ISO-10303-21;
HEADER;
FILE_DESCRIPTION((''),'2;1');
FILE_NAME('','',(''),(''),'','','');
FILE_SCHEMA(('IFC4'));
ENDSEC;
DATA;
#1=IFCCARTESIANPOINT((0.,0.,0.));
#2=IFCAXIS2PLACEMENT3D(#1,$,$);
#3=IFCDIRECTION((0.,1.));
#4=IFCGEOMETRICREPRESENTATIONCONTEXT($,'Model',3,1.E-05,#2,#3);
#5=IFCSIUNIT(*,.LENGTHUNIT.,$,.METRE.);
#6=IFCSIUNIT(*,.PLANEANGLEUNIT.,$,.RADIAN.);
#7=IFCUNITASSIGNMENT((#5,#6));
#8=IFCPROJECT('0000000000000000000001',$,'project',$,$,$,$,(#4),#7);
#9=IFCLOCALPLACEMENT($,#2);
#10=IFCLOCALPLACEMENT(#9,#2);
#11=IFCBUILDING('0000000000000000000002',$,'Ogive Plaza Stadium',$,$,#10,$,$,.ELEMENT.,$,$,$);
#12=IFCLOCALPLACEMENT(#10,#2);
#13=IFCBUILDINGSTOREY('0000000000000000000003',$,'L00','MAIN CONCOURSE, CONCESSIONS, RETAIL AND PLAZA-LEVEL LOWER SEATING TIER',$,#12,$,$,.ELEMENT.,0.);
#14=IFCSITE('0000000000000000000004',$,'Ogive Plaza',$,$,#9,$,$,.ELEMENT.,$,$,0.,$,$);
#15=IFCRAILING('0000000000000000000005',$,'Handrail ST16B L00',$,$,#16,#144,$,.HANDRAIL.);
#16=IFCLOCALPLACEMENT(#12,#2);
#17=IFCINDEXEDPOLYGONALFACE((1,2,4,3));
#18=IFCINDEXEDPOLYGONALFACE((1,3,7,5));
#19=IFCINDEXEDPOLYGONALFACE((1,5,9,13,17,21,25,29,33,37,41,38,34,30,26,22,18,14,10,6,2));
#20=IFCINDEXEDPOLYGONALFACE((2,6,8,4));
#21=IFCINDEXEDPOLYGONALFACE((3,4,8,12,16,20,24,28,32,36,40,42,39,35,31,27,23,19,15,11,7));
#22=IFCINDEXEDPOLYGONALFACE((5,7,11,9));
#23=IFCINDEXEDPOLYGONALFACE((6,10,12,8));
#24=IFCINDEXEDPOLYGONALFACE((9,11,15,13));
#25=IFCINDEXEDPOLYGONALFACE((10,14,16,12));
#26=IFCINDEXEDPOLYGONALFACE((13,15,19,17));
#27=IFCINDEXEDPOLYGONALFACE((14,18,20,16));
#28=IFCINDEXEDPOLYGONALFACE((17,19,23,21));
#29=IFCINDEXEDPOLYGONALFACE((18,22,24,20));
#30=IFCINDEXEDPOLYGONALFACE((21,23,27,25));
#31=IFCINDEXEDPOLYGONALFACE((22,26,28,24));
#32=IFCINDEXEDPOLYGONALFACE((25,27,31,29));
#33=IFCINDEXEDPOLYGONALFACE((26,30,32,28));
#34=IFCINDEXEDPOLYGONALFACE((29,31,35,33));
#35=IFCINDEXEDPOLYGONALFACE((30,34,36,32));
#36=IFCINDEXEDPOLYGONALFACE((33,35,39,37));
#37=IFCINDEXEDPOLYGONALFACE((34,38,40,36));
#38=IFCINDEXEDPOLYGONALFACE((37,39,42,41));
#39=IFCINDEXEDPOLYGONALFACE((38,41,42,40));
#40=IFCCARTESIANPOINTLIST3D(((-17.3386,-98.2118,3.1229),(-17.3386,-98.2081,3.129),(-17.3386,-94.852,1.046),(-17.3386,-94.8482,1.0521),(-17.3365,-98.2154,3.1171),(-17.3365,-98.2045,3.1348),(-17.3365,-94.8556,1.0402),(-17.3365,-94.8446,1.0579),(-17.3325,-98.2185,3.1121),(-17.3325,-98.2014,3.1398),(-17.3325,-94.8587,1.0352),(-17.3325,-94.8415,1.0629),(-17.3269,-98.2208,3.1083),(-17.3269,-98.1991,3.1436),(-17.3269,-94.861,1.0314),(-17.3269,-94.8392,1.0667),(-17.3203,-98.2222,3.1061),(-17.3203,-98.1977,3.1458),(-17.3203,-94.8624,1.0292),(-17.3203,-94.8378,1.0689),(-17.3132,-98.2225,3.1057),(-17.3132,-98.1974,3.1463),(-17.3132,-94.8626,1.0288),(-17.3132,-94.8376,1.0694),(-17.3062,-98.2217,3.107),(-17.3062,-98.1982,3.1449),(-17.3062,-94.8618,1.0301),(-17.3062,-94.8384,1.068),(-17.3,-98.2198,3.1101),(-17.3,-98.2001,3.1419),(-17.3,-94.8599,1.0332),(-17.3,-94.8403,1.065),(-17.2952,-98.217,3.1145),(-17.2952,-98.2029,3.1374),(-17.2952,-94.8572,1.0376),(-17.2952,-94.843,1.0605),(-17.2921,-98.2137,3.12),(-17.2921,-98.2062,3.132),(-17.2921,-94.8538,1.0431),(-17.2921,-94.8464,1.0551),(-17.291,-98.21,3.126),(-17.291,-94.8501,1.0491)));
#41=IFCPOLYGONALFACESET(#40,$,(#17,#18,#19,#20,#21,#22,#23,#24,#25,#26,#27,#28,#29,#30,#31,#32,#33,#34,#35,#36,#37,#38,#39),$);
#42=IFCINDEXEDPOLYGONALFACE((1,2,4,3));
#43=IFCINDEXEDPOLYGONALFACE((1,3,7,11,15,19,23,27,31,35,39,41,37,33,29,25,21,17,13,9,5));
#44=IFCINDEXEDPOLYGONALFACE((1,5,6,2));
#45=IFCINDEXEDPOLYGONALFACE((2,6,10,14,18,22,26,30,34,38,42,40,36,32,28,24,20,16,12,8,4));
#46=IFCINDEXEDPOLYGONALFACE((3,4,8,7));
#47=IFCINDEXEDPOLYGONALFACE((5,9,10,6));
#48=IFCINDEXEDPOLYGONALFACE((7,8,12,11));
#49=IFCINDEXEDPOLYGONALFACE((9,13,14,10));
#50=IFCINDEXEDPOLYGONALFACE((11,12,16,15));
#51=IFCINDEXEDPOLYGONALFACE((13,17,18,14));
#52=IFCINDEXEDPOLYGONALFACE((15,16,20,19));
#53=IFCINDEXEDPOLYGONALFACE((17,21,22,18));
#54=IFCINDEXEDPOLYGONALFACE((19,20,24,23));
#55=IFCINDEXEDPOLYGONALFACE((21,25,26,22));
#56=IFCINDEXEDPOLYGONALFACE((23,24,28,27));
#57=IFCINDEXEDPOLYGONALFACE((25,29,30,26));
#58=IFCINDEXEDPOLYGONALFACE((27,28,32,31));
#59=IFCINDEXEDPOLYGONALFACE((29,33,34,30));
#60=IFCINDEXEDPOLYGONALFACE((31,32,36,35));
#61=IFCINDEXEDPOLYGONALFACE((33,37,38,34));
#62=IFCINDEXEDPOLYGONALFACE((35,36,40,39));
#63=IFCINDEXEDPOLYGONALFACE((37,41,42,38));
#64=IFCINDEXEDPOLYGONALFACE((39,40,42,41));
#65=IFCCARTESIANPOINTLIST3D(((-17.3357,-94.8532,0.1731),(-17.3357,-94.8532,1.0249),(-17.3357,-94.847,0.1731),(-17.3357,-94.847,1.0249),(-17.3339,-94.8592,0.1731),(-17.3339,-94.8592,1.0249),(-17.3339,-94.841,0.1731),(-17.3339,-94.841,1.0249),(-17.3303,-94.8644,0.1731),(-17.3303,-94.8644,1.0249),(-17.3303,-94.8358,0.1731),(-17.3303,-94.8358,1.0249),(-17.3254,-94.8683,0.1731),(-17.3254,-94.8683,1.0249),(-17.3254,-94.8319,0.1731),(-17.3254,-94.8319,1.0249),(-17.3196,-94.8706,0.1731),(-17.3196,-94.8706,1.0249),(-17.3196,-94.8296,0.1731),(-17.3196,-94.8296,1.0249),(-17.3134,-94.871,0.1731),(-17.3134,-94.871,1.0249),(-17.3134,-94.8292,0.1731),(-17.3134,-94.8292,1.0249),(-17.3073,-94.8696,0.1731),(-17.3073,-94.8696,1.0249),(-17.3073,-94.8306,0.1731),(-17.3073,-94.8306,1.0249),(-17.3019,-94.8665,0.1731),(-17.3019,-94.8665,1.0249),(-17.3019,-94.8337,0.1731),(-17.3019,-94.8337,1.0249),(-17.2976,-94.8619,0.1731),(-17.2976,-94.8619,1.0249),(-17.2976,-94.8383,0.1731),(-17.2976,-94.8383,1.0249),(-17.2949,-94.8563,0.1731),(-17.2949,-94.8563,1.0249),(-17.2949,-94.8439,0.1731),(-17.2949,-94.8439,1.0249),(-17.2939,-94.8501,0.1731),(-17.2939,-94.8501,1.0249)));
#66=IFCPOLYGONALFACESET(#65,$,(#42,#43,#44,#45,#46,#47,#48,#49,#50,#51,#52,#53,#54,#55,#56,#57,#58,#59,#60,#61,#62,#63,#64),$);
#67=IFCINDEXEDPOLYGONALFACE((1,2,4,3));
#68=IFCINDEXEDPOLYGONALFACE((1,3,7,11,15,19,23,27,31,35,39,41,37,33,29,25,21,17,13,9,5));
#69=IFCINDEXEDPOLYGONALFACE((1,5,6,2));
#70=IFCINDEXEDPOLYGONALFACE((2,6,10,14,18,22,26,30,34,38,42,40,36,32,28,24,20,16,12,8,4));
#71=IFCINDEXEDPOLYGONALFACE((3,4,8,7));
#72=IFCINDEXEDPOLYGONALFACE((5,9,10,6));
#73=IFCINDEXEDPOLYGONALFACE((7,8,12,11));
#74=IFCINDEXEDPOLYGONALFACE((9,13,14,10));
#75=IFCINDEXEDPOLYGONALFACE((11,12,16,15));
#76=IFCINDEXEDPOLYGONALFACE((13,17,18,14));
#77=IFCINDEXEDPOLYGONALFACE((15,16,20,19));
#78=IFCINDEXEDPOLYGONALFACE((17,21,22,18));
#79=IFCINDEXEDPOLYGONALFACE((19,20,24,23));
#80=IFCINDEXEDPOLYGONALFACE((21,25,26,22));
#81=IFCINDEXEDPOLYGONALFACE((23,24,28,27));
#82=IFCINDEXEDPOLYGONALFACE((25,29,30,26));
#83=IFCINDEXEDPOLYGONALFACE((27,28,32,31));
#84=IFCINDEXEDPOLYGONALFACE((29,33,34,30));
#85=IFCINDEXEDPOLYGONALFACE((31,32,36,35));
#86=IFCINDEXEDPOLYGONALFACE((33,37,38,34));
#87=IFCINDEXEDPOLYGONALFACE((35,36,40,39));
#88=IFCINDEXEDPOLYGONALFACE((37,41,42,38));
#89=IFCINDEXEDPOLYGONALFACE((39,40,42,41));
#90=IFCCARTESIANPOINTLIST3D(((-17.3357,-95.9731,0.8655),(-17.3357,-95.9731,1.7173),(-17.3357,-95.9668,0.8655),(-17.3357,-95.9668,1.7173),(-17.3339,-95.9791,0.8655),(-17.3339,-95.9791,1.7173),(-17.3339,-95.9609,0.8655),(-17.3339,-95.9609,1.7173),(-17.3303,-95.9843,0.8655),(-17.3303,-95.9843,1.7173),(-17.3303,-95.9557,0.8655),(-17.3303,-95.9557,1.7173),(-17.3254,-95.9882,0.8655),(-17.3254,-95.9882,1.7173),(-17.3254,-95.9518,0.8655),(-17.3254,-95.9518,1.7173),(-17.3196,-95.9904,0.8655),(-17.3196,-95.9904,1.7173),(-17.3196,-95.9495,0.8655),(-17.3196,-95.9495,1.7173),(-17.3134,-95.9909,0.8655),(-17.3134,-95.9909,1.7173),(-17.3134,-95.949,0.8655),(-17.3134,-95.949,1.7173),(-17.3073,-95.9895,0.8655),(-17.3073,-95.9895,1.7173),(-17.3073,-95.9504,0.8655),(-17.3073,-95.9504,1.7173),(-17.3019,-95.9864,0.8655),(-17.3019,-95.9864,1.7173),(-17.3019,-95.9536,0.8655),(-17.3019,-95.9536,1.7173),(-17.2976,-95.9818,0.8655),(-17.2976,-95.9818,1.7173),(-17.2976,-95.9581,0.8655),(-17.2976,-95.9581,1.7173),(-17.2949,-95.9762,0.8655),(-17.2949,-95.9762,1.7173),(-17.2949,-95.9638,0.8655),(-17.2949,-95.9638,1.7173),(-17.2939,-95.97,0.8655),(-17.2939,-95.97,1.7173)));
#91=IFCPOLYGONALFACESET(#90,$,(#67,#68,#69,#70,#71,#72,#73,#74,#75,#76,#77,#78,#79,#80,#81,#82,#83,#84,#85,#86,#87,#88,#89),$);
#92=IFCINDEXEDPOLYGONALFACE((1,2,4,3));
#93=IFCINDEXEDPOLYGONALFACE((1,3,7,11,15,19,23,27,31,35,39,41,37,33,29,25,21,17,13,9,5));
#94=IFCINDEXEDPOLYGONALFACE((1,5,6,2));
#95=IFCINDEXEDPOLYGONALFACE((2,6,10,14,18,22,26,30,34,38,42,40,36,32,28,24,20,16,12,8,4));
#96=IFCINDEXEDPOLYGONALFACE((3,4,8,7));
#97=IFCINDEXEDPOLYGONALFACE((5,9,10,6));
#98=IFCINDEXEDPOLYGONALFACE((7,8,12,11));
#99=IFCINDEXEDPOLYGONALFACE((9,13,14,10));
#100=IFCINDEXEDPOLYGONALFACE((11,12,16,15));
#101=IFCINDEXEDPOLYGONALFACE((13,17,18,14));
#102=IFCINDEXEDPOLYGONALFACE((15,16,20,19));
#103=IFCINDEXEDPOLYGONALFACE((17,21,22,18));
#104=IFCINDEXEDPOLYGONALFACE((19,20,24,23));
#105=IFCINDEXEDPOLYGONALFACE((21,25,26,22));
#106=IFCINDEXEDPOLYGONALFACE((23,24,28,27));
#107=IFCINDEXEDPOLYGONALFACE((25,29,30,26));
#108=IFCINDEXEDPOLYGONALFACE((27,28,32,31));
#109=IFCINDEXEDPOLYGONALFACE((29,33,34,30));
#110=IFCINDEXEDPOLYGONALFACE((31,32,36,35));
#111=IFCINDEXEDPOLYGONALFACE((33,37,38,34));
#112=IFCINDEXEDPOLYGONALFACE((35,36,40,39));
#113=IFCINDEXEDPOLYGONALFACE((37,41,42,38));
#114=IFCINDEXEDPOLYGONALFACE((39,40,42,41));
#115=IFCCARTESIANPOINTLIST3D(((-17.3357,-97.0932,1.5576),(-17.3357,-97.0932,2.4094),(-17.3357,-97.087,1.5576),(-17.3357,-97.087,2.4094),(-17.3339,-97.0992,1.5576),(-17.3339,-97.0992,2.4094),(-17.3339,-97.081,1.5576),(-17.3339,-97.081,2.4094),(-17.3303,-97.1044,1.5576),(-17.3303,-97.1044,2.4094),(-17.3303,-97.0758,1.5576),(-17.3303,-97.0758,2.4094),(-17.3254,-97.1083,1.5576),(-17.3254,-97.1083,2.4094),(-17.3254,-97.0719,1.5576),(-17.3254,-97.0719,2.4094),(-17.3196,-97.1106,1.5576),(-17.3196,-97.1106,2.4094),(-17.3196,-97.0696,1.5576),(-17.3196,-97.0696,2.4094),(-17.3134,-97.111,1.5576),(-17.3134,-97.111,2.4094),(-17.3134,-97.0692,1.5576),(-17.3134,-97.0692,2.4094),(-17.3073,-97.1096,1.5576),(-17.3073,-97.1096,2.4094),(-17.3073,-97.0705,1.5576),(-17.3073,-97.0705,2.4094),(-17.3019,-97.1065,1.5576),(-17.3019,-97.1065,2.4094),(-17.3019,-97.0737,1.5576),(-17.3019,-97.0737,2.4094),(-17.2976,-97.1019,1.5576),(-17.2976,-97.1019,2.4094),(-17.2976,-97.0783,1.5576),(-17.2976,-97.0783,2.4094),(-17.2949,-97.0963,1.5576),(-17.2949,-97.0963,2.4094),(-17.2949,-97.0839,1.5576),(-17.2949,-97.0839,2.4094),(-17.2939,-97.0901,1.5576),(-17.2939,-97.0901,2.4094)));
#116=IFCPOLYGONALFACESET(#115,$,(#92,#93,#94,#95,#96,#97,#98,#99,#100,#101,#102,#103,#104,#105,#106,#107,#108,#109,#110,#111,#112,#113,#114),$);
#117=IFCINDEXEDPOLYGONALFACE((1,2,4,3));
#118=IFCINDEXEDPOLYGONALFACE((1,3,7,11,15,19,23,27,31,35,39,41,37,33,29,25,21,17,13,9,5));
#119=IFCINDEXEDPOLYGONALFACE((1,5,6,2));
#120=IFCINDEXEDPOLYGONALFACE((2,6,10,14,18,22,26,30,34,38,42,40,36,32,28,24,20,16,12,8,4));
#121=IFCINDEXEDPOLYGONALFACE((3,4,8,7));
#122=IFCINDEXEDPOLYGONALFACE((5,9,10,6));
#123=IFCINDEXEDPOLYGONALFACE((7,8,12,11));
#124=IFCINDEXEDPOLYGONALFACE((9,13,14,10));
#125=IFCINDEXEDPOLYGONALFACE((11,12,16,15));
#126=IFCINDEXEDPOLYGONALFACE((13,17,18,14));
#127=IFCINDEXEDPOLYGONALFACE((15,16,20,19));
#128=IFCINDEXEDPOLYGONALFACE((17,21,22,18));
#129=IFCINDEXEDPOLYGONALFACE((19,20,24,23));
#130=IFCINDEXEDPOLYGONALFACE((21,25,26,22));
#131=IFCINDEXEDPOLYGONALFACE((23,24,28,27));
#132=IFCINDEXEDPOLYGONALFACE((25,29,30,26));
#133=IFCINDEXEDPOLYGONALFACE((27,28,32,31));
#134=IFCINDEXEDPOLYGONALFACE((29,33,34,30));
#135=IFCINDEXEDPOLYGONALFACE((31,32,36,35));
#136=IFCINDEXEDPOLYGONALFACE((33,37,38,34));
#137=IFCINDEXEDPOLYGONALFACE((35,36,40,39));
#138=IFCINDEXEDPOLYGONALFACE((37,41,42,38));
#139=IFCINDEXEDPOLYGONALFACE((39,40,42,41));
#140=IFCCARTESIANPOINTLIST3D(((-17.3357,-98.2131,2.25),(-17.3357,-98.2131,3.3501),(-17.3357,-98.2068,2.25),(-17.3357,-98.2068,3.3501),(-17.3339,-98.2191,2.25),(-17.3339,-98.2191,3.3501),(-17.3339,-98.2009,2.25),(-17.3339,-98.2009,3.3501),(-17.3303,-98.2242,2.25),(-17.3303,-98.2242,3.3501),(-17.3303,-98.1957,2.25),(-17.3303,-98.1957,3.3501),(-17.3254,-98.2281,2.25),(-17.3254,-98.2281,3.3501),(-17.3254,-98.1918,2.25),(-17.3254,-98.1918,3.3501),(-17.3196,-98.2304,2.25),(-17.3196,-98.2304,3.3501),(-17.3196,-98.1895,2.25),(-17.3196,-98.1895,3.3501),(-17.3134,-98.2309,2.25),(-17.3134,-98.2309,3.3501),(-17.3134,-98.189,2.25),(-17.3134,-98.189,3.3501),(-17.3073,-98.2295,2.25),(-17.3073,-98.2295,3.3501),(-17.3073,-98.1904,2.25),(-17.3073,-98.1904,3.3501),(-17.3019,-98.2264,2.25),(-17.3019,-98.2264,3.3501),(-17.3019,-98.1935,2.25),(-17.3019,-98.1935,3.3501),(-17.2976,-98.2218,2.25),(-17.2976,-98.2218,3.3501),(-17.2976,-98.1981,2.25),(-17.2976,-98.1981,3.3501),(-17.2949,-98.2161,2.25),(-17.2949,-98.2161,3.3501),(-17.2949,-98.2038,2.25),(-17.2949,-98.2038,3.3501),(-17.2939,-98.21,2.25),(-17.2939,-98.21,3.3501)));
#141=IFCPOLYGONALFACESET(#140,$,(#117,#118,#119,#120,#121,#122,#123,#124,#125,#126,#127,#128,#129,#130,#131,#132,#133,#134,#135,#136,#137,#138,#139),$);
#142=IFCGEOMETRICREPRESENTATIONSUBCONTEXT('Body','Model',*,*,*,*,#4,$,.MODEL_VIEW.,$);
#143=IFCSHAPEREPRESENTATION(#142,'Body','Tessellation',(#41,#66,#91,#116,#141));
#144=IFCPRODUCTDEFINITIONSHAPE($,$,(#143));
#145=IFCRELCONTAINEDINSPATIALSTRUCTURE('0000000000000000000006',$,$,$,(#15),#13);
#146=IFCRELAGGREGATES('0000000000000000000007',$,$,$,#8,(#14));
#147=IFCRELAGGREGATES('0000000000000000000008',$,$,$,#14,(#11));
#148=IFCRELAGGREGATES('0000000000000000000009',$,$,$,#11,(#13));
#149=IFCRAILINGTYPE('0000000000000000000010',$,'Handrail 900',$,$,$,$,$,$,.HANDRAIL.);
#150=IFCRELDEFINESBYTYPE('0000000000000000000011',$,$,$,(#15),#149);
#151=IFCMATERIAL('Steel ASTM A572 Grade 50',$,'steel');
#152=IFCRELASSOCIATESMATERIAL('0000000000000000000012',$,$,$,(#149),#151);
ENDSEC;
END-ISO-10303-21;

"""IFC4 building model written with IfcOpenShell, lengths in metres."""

from ifc_helpers import new_model, si_unit, direction, frame, origin, origin_2d, place, context, subcontext, project, spatial, circle, extrude, material, type_object, element, save


model = new_model("IFC4")

# Units and contexts
model_context = context("Model", 3, precision=1e-05, world=origin(), true_north=direction((0.0, 1.0)))
body_context = subcontext(model_context, "Body", "Model", "MODEL_VIEW")
ifc_project = project(units=[si_unit("LENGTHUNIT", "METRE"), si_unit("PLANEANGLEUNIT", "RADIAN")], contexts=[model_context])

# Site, building, storey
site_placement = place(None, origin())
site = spatial("IfcSite", under=ifc_project, at=site_placement, Name="Ogive Plaza", CompositionType="ELEMENT", RefElevation=0.0)
building_placement = place(site_placement, origin())
building = spatial("IfcBuilding", under=site, at=building_placement, Name="Ogive Plaza Stadium", CompositionType="ELEMENT")
storey_placement = place(building_placement, origin())
storey = spatial("IfcBuildingStorey", under=building, at=storey_placement, Name="L00", Description="MAIN CONCOURSE, CONCESSIONS, RETAIL AND PLAZA-LEVEL LOWER SEATING TIER", CompositionType="ELEMENT", Elevation=0.0)

# Railing
ifc_material_1 = material(Name="Steel ASTM A572 Grade 50", Category="steel")
railing_type_1 = type_object("IfcRailingType", Name="Handrail 900", PredefinedType="HANDRAIL", material=ifc_material_1)
for number, where, name in (
    (1, (-17.3149, -94.8501, 0.1731), "Handrail ST16B L00"),
):
    element("IfcRailing", number, at=place(storey_placement, frame(where)), inside=storey, type_object=railing_type_1, Name=name, PredefinedType="HANDRAIL", context=body_context, shape_type="SweptSolid", body=[
        extrude(circle(Radius=0.0239, at=origin_2d()), frame((0.0, 0.0, 0.876), z_axis=(0.0, -0.850606, 0.525803), x_axis=(1.0, 0.0, 0.0)), (0.0, 0.0, 1.0), 3.95),
        extrude(circle(Radius=0.021, at=origin_2d()), origin(), (0.0, 0.0, 1.0), 0.8518),
        extrude(circle(Radius=0.021, at=origin_2d()), frame((0.0, -1.1199, 0.6924)), (0.0, 0.0, 1.0), 0.8518),
        extrude(circle(Radius=0.021, at=origin_2d()), frame((0.0, -2.24, 1.3845)), (0.0, 0.0, 1.0), 0.8518),
        extrude(circle(Radius=0.021, at=origin_2d()), frame((0.0, -3.3599, 2.0769)), (0.0, 0.0, 1.0), 1.1001),
    ])

save(model, "model.ifc")
